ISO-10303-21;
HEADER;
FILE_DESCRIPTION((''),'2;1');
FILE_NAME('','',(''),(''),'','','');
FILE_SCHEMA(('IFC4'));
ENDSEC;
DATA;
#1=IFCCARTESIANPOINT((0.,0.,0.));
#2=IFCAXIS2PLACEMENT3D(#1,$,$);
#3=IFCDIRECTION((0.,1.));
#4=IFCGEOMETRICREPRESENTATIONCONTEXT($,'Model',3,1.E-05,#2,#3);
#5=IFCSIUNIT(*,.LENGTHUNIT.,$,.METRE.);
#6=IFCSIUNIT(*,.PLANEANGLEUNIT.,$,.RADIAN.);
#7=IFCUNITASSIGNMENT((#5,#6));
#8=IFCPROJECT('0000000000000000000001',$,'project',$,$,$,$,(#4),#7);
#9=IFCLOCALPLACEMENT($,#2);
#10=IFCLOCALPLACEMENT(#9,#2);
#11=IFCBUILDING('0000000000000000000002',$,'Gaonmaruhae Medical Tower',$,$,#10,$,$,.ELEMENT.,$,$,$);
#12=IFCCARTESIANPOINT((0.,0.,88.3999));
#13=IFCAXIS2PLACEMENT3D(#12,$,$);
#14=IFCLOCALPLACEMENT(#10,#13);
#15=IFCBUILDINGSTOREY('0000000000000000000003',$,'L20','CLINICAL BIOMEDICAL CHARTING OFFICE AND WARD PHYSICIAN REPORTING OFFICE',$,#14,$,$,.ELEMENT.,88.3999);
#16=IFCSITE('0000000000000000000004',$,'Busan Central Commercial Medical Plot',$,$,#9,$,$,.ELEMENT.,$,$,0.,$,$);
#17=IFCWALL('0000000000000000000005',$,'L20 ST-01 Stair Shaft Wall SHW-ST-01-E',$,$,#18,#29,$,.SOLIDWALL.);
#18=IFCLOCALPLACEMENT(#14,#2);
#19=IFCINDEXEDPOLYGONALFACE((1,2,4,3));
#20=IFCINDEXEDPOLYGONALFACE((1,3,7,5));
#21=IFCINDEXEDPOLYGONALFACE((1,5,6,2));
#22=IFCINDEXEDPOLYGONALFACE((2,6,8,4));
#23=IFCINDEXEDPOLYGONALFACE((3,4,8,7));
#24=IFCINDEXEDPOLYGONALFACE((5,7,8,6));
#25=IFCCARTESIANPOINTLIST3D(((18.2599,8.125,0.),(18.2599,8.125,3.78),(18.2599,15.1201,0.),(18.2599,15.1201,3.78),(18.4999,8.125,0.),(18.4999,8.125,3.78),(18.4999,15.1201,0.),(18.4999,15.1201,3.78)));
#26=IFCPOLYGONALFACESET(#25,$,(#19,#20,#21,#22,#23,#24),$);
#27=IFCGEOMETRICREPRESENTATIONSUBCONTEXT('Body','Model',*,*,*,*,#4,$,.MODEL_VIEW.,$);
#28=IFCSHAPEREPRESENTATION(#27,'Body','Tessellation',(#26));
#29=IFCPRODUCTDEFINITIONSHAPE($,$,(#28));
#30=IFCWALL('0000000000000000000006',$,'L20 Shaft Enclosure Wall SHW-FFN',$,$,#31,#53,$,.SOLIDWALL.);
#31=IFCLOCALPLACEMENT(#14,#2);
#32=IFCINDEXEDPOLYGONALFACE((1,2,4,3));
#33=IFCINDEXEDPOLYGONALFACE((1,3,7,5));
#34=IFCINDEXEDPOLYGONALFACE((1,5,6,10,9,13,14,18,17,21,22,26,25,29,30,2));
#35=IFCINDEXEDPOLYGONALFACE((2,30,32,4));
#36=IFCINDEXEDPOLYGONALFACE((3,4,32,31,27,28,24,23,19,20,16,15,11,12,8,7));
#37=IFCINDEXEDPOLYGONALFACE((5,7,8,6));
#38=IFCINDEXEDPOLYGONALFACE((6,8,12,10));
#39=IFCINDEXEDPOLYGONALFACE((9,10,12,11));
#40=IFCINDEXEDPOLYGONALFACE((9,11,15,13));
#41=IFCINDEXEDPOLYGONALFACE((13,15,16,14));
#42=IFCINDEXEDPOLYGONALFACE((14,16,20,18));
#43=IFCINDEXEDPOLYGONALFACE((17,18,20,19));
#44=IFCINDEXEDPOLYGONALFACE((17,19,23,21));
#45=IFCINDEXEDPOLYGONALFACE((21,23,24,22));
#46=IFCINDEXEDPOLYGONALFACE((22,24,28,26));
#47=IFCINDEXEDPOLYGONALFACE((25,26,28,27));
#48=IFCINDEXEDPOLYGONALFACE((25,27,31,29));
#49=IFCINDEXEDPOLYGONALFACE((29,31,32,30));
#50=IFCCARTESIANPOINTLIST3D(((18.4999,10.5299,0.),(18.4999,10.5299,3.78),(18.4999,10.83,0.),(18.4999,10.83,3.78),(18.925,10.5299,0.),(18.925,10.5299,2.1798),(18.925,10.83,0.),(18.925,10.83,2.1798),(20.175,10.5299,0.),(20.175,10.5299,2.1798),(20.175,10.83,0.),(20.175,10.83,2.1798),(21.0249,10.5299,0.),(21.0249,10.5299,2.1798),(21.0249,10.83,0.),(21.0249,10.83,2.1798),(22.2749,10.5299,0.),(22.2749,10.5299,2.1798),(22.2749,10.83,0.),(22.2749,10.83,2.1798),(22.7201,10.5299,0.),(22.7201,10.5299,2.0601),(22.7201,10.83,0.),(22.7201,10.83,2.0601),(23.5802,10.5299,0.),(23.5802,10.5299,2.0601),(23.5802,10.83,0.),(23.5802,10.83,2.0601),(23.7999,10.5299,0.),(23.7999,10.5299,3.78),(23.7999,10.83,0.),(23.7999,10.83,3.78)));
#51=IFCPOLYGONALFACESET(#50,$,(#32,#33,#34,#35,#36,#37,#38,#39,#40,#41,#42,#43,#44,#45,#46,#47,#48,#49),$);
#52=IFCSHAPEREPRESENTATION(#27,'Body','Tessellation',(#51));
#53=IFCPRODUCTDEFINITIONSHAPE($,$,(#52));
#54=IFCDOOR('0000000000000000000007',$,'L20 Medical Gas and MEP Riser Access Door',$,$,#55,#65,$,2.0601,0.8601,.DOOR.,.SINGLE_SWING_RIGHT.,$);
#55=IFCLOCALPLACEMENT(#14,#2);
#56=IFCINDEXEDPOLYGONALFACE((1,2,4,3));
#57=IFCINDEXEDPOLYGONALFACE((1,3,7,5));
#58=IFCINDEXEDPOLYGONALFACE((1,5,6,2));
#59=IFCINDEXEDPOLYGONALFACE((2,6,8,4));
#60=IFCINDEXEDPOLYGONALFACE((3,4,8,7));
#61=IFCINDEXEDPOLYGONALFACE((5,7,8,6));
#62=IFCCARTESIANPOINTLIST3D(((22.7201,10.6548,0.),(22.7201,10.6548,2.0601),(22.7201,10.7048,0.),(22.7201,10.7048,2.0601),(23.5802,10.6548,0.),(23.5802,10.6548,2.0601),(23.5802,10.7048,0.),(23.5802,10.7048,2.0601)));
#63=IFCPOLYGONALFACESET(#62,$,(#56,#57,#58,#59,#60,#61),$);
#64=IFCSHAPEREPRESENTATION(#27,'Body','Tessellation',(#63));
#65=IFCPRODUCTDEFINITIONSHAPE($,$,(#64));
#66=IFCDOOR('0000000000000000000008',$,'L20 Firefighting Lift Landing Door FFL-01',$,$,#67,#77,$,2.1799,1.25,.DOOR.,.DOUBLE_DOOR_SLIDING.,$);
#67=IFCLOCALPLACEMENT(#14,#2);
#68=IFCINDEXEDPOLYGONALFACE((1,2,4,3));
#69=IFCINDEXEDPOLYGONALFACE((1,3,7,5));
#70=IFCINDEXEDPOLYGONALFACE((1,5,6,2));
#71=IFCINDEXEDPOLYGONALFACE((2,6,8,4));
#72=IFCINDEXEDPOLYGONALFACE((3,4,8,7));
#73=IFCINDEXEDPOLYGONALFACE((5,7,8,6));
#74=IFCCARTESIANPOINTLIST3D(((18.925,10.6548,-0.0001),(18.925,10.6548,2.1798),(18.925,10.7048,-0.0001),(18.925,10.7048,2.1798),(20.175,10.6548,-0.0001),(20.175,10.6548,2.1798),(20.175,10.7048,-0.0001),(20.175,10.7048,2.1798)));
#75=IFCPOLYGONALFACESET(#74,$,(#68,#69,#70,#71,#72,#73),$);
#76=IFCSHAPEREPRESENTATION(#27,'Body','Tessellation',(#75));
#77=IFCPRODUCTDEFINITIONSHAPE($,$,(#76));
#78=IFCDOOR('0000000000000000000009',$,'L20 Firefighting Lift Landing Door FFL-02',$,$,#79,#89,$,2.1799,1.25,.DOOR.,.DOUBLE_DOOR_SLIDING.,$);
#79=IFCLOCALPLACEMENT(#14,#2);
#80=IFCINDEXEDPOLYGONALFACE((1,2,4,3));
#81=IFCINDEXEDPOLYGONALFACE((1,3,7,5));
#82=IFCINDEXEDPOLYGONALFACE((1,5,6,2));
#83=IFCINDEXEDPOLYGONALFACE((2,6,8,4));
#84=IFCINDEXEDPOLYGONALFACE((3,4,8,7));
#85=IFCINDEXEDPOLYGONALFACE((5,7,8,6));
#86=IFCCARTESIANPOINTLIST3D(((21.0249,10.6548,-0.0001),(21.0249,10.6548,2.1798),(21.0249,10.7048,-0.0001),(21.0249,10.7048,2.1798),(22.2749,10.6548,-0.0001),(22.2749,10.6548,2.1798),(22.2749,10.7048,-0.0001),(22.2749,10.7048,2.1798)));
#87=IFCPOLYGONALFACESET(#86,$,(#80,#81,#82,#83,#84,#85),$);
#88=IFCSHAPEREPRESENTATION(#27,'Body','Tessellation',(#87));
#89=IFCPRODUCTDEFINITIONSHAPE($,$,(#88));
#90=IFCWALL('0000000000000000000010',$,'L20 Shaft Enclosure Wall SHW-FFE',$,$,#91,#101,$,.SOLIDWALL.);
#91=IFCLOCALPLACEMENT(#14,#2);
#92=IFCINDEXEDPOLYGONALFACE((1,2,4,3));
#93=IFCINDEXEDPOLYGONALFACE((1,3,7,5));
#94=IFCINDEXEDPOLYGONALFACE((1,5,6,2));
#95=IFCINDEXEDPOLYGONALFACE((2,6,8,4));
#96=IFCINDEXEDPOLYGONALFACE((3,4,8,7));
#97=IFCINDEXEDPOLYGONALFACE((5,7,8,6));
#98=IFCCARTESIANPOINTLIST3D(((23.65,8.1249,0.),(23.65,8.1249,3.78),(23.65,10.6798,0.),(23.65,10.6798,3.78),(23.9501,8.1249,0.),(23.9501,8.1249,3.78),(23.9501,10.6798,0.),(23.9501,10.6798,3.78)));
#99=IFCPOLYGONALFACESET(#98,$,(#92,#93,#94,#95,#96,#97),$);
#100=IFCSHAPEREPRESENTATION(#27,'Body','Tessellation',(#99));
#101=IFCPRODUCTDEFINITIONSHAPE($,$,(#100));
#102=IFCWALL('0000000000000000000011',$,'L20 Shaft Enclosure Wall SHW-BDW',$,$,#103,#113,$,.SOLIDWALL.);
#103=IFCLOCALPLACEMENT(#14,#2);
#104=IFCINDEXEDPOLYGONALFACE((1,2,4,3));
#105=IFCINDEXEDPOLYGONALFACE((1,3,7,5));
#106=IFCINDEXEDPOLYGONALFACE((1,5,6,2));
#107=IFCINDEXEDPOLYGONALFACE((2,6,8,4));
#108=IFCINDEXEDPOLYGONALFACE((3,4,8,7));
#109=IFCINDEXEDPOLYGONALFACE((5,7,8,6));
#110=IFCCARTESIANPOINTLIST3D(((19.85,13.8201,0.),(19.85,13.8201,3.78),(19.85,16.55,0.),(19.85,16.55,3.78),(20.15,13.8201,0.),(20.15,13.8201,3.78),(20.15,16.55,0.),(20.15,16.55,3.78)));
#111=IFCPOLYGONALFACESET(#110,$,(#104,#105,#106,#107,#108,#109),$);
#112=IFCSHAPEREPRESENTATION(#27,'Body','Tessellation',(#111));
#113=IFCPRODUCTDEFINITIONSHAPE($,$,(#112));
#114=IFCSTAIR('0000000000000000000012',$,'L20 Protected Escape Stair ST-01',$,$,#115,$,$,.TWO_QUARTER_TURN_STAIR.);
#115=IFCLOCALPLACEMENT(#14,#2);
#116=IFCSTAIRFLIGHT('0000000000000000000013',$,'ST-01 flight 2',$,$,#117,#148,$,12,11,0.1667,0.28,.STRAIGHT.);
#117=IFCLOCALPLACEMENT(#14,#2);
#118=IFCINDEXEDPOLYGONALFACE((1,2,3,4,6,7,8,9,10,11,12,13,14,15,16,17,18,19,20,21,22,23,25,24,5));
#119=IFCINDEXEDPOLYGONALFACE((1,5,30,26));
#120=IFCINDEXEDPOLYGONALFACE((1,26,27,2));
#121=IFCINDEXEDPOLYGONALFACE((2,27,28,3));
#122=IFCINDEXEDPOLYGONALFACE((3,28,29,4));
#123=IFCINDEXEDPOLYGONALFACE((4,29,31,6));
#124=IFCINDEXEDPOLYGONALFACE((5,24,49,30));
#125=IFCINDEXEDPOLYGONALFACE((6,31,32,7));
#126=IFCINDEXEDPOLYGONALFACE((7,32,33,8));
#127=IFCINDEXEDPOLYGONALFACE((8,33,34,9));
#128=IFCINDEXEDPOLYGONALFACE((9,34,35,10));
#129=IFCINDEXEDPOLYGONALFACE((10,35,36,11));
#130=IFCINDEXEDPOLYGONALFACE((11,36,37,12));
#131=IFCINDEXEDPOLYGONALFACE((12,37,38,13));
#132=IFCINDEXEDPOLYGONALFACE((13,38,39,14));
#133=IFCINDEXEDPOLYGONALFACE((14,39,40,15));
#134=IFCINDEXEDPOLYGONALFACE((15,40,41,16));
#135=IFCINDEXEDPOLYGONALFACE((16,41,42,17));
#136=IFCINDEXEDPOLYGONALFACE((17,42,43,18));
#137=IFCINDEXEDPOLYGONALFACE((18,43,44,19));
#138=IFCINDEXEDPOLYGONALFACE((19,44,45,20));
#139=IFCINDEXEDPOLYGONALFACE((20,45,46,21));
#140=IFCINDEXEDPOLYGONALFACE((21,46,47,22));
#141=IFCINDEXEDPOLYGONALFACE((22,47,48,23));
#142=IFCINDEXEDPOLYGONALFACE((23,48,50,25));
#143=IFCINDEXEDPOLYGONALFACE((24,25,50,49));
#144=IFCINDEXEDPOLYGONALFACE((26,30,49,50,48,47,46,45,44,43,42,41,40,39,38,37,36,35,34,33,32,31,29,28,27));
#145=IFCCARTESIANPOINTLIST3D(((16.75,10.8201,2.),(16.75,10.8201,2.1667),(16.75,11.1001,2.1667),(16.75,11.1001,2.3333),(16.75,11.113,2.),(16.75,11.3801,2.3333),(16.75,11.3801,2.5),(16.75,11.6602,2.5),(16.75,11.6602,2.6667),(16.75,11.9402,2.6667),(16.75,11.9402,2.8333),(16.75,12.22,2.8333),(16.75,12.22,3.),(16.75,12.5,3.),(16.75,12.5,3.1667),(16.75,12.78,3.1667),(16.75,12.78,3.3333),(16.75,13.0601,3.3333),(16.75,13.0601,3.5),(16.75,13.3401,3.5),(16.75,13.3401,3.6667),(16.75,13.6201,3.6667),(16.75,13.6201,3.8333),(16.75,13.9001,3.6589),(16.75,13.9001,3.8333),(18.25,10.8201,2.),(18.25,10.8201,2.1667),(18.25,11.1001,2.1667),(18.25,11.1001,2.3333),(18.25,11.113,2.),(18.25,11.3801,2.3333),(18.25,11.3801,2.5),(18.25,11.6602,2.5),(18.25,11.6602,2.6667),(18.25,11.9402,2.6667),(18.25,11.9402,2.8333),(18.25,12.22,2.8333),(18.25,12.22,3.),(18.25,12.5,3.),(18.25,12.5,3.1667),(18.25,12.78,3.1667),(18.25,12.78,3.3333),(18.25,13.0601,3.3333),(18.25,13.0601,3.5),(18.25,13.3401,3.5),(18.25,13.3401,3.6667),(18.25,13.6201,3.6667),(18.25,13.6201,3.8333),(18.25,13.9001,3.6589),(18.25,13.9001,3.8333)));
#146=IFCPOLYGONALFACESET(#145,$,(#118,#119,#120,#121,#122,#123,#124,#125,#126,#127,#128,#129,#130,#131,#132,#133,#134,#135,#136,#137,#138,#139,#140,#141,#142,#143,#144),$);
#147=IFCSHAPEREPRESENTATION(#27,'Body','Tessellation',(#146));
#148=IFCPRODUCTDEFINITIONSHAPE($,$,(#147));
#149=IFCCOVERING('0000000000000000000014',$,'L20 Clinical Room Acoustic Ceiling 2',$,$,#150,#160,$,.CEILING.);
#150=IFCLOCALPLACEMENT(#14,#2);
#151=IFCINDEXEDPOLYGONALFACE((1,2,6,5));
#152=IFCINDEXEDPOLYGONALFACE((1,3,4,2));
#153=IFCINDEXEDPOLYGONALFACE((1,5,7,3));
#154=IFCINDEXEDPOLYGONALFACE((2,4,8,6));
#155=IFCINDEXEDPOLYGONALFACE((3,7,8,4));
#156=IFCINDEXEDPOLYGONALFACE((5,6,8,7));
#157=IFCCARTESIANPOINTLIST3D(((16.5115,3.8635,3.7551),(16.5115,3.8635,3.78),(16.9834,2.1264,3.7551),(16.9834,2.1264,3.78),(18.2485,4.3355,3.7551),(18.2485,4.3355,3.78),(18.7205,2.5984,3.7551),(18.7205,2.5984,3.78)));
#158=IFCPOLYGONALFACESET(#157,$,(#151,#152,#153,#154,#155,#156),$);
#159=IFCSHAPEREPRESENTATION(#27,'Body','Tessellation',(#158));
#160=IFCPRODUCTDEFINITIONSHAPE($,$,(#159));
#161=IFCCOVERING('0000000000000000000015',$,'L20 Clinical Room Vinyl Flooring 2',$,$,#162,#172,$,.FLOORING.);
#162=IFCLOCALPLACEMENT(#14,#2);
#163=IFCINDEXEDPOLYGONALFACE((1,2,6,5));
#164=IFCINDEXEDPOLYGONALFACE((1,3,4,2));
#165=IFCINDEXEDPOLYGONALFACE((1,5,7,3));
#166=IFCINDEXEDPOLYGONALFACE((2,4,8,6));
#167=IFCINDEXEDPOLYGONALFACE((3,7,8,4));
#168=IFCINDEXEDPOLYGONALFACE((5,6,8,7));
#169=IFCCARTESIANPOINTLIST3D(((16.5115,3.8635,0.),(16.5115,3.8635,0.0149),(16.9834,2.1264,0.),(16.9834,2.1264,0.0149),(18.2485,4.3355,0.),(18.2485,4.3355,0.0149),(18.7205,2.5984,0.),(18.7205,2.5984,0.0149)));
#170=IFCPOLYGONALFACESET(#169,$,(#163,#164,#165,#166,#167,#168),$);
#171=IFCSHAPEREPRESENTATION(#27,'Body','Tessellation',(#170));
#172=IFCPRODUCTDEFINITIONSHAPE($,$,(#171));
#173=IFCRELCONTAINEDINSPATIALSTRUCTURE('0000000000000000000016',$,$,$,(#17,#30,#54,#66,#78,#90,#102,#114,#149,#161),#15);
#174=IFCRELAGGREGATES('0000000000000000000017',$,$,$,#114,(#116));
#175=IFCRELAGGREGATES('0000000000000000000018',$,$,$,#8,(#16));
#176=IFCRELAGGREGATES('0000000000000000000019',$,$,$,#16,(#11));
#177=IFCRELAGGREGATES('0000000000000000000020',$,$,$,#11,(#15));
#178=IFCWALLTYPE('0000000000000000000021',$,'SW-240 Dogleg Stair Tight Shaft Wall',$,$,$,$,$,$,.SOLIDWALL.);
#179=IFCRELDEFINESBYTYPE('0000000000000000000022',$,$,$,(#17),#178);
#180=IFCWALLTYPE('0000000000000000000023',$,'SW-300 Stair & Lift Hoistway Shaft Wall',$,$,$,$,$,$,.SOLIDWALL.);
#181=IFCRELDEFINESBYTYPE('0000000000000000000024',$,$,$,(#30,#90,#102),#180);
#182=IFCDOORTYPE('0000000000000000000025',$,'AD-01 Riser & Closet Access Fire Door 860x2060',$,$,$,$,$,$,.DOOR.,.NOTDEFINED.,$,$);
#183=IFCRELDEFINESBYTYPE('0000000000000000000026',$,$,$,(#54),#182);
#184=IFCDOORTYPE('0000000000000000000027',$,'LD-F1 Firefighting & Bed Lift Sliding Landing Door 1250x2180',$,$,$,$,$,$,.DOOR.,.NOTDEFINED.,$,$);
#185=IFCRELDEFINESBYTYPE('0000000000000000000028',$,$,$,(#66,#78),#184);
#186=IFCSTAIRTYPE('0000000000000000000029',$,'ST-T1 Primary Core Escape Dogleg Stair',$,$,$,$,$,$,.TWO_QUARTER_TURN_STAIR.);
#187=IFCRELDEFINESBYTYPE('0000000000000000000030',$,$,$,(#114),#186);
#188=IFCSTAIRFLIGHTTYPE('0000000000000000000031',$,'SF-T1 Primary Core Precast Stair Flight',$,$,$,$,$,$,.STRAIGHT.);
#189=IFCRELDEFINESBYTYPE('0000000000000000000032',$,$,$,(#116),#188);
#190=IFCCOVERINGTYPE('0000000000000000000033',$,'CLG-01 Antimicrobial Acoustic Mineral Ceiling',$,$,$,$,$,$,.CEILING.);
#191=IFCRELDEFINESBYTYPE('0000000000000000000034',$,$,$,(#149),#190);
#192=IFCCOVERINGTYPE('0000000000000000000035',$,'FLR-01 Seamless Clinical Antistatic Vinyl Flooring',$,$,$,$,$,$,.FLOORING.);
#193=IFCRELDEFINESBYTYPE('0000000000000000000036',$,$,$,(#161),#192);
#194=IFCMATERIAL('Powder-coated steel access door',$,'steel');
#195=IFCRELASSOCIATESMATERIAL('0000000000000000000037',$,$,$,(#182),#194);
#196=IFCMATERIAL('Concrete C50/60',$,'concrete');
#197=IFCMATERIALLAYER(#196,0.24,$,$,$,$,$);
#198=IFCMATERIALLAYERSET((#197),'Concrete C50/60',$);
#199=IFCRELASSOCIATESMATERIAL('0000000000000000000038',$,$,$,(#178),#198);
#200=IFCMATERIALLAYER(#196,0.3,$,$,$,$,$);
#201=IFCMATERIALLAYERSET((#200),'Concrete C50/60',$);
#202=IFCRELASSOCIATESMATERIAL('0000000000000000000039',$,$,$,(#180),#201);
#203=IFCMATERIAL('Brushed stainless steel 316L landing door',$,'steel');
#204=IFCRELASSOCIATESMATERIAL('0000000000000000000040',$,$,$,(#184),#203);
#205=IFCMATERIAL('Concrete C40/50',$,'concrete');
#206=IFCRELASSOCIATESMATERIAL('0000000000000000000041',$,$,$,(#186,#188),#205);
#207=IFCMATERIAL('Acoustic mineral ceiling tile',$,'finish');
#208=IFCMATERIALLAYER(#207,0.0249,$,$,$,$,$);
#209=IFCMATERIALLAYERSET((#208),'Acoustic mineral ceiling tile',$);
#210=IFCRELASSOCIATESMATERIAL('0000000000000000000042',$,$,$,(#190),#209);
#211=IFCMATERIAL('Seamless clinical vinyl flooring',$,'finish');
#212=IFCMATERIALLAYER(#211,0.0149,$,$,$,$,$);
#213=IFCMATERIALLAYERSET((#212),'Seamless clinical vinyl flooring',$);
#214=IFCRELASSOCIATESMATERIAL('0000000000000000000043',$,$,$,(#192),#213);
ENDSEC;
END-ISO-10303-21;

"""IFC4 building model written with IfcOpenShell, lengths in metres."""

from ifc_helpers import new_model, si_unit, direction, frame, frame_2d, origin, origin_2d, place, context, subcontext, project, spatial, polyline, rectangle, outline, extrude, material, layer, layer_set, type_object, element, fill, aggregate, save


model = new_model("IFC4")

# Units and contexts
model_context = context("Model", 3, precision=1e-05, world=origin(), true_north=direction((0.0, 1.0)))
body_context = subcontext(model_context, "Body", "Model", "MODEL_VIEW")
ifc_project = project(units=[si_unit("LENGTHUNIT", "METRE"), si_unit("PLANEANGLEUNIT", "RADIAN")], contexts=[model_context])

# Site, building, storey
site_placement = place(None, origin())
site = spatial("IfcSite", under=ifc_project, at=site_placement, Name="Busan Central Commercial Medical Plot", CompositionType="ELEMENT", RefElevation=0.0)
building_placement = place(site_placement, origin())
building = spatial("IfcBuilding", under=site, at=building_placement, Name="Gaonmaruhae Medical Tower", CompositionType="ELEMENT")
storey_placement = place(building_placement, frame((0.0, 0.0, 88.3999)))
storey = spatial("IfcBuildingStorey", under=building, at=storey_placement, Name="L20", Description="CLINICAL BIOMEDICAL CHARTING OFFICE AND WARD PHYSICIAN REPORTING OFFICE", CompositionType="ELEMENT", Elevation=88.3999)

# Shared definitions
ifc_material_1 = material(Name="Powder-coated steel access door", Category="steel")
door_type_1 = type_object("IfcDoorType", Name="AD-01 Riser & Closet Access Fire Door 860x2060", OperationType="NOTDEFINED", PredefinedType="DOOR", material=ifc_material_1)

# Wall
ifc_material_2 = material(Name="Concrete C50/60", Category="concrete")
ifc_layer_1 = layer(ifc_material_2, 0.24)
ifc_layer_set_1 = layer_set([ifc_layer_1], Name="Concrete C50/60")
wall_type_1 = type_object("IfcWallType", Name="SW-240 Dogleg Stair Tight Shaft Wall", PredefinedType="SOLIDWALL", material=ifc_layer_set_1)
wall_1_placement = place(storey_placement, frame((18.3799, 15.1201, 0.0), z_axis=(0.0, 0.0, 1.0), x_axis=(0.0, -1.0, 0.0)))
element("IfcWall", 1, at=wall_1_placement, inside=storey, type_object=wall_type_1, Name="L20 ST-01 Stair Shaft Wall SHW-ST-01-E", PredefinedType="SOLIDWALL", context=body_context, shape_type="SweptSolid", body=[
    extrude(rectangle(XDim=6.9951, YDim=0.24, at=frame_2d((3.4976, 0.0))), origin(), (0.0, 0.0, 1.0), 3.78),
])

# Wall, openings, doors
ifc_layer_2 = layer(ifc_material_2, 0.3)
ifc_layer_set_2 = layer_set([ifc_layer_2], Name="Concrete C50/60")
wall_type_2 = type_object("IfcWallType", Name="SW-300 Stair & Lift Hoistway Shaft Wall", PredefinedType="SOLIDWALL", material=ifc_layer_set_2)
ifc_material_3 = material(Name="Brushed stainless steel 316L landing door", Category="steel")
door_type_2 = type_object("IfcDoorType", Name="LD-F1 Firefighting & Bed Lift Sliding Landing Door 1250x2180", OperationType="NOTDEFINED", PredefinedType="DOOR", material=ifc_material_3)
wall_2_placement = place(storey_placement, frame((18.5, 10.6799, 0.0), z_axis=(0.0, 0.0, 1.0), x_axis=(1.0, 0.0, 0.0)))
wall_2 = element("IfcWall", 2, at=wall_2_placement, inside=storey, type_object=wall_type_2, Name="L20 Shaft Enclosure Wall SHW-FFN", PredefinedType="SOLIDWALL", context=body_context, shape_type="SweptSolid", body=[
    extrude(rectangle(XDim=5.3, YDim=0.3, at=frame_2d((2.6499, 0.0))), origin(), (0.0, 0.0, 1.0), 3.78),
])
opening_1_placement = place(wall_2_placement, frame((4.22, 0.0, 0.0)))
opening_1 = element("IfcOpeningElement", 3, at=opening_1_placement, cuts=wall_2, PredefinedType="OPENING", context=body_context, shape_type="SweptSolid", body=[
    extrude(rectangle(XDim=0.8601, YDim=2.0601, at=frame_2d((0.4302, 1.03))), frame((0.0, 0.1602, 0.0), z_axis=(0.0, -1.0, 0.0), x_axis=(1.0, 0.0, 0.0)), (0.0, 0.0, 1.0), 0.3201),
])
opening_2_placement = place(wall_2_placement, frame((0.425, 0.0, 0.0)))
opening_2 = element("IfcOpeningElement", 4, at=opening_2_placement, cuts=wall_2, PredefinedType="OPENING", context=body_context, shape_type="SweptSolid", body=[
    extrude(rectangle(XDim=1.25, YDim=2.1799, at=frame_2d((0.625, 1.0898))), frame((0.0, 0.1602, 0.0), z_axis=(0.0, -1.0, 0.0), x_axis=(1.0, 0.0, 0.0)), (0.0, 0.0, 1.0), 0.3201),
])
opening_3_placement = place(wall_2_placement, frame((2.5249, 0.0, 0.0)))
opening_3 = element("IfcOpeningElement", 5, at=opening_3_placement, cuts=wall_2, PredefinedType="OPENING", context=body_context, shape_type="SweptSolid", body=[
    extrude(rectangle(XDim=1.25, YDim=2.1799, at=frame_2d((0.625, 1.0898))), frame((0.0, 0.1602, 0.0), z_axis=(0.0, -1.0, 0.0), x_axis=(1.0, 0.0, 0.0)), (0.0, 0.0, 1.0), 0.3201),
])
door_1_placement = place(opening_1_placement, origin())
door_1 = element("IfcDoor", 6, at=door_1_placement, inside=storey, type_object=door_type_1, Name="L20 Medical Gas and MEP Riser Access Door", OperationType="SINGLE_SWING_RIGHT", OverallHeight=2.0601, OverallWidth=0.8601, PredefinedType="DOOR", context=body_context, shape_type="SweptSolid", body=[
    extrude(rectangle(XDim=0.8601, YDim=2.0601, at=frame_2d((0.4302, 1.03))), frame((0.0, 0.0249, 0.0), z_axis=(0.0, -1.0, 0.0), x_axis=(1.0, 0.0, 0.0)), (0.0, 0.0, 1.0), 0.05),
])
fill(opening_1, door_1)
door_2_placement = place(opening_2_placement, origin())
door_2 = element("IfcDoor", 7, at=door_2_placement, inside=storey, type_object=door_type_2, Name="L20 Firefighting Lift Landing Door FFL-01", OperationType="DOUBLE_DOOR_SLIDING", OverallHeight=2.1799, OverallWidth=1.25, PredefinedType="DOOR", context=body_context, shape_type="SweptSolid", body=[
    extrude(rectangle(XDim=1.25, YDim=2.1799, at=frame_2d((0.625, 1.0898))), frame((0.0, 0.0249, 0.0), z_axis=(0.0, -1.0, 0.0), x_axis=(1.0, 0.0, 0.0)), (0.0, 0.0, 1.0), 0.05),
])
fill(opening_2, door_2)
door_3_placement = place(opening_3_placement, origin())
door_3 = element("IfcDoor", 8, at=door_3_placement, inside=storey, type_object=door_type_2, Name="L20 Firefighting Lift Landing Door FFL-02", OperationType="DOUBLE_DOOR_SLIDING", OverallHeight=2.1799, OverallWidth=1.25, PredefinedType="DOOR", context=body_context, shape_type="SweptSolid", body=[
    extrude(rectangle(XDim=1.25, YDim=2.1799, at=frame_2d((0.625, 1.0898))), frame((0.0, 0.0249, 0.0), z_axis=(0.0, -1.0, 0.0), x_axis=(1.0, 0.0, 0.0)), (0.0, 0.0, 1.0), 0.05),
])
fill(opening_3, door_3)

# Walls
wall_3_placement = place(storey_placement, frame((23.8, 8.125, 0.0), z_axis=(0.0, 0.0, 1.0), x_axis=(0.0, 1.0, 0.0)))
element("IfcWall", 9, at=wall_3_placement, inside=storey, type_object=wall_type_2, Name="L20 Shaft Enclosure Wall SHW-FFE", PredefinedType="SOLIDWALL", context=body_context, shape_type="SweptSolid", body=[
    extrude(rectangle(XDim=2.5549, YDim=0.3, at=frame_2d((1.2773, 0.0))), origin(), (0.0, 0.0, 1.0), 3.78),
])
wall_4_placement = place(storey_placement, frame((20.0, 13.8201, 0.0), z_axis=(0.0, 0.0, 1.0), x_axis=(0.0, 1.0, 0.0)))
element("IfcWall", 10, at=wall_4_placement, inside=storey, type_object=wall_type_2, Name="L20 Shaft Enclosure Wall SHW-BDW", PredefinedType="SOLIDWALL", context=body_context, shape_type="SweptSolid", body=[
    extrude(rectangle(XDim=2.73, YDim=0.3, at=frame_2d((1.365, 0.0))), origin(), (0.0, 0.0, 1.0), 3.78),
])

# Stair, stair flight
ifc_material_4 = material(Name="Concrete C40/50", Category="concrete")
stair_type = type_object("IfcStairType", Name="ST-T1 Primary Core Escape Dogleg Stair", PredefinedType="TWO_QUARTER_TURN_STAIR", material=ifc_material_4)
stair_placement = place(storey_placement, origin())
stair = element("IfcStair", 11, at=stair_placement, inside=storey, type_object=stair_type, Name="L20 Protected Escape Stair ST-01", PredefinedType="TWO_QUARTER_TURN_STAIR")
stair_flight_type = type_object("IfcStairFlightType", Name="SF-T1 Primary Core Precast Stair Flight", PredefinedType="STRAIGHT", material=ifc_material_4)
stair_flight_placement = place(storey_placement, frame((17.5, 10.8201, 2.0), z_axis=(0.0, 0.0, 1.0), x_axis=(0.0, 1.0, 0.0)))
stair_flight = element("IfcStairFlight", 12, at=stair_flight_placement, type_object=stair_flight_type, Name="ST-01 flight 2", NumberOfRisers=12, NumberOfTreads=11, PredefinedType="STRAIGHT", RiserHeight=0.1667, TreadLength=0.28, context=body_context, shape_type="SweptSolid", body=[
    extrude(outline(polyline([(0.0, 0.0), (0.0, 0.1667), (0.28, 0.1667), (0.28, 0.3333), (0.5601, 0.3333), (0.5601, 0.5), (0.8401, 0.5), (0.8401, 0.6667), (1.1201, 0.6667), (1.1201, 0.8333), (1.3999, 0.8333), (1.3999, 1.0), (1.6799, 1.0), (1.6799, 1.1667), (1.96, 1.1667), (1.96, 1.3333), (2.24, 1.3333), (2.24, 1.5), (2.52, 1.5), (2.52, 1.6667), (2.8, 1.6667), (2.8, 1.8333), (3.0801, 1.8333), (3.0801, 2.0), (3.0801, 1.6589), (0.293, 0.0), (0.0, 0.0)])), frame((0.0, 0.75, 0.0), z_axis=(0.0, -1.0, 0.0), x_axis=(1.0, 0.0, 0.0)), (0.0, 0.0, 1.0), 1.5),
])
aggregate(stair, [stair_flight])

# Coverings
ifc_material_5 = material(Name="Acoustic mineral ceiling tile", Category="finish")
ifc_layer_3 = layer(ifc_material_5, 0.0249)
ifc_layer_set_3 = layer_set([ifc_layer_3], Name="Acoustic mineral ceiling tile")
covering_type_1 = type_object("IfcCoveringType", Name="CLG-01 Antimicrobial Acoustic Mineral Ceiling", PredefinedType="CEILING", material=ifc_layer_set_3)
covering_1_placement = place(storey_placement, frame((17.616, 3.231, 3.7551), z_axis=(0.0, 0.0, 1.0), x_axis=(0.965016, 0.262189, 0.0)))
element("IfcCovering", 13, at=covering_1_placement, inside=storey, type_object=covering_type_1, Name="L20 Clinical Room Acoustic Ceiling 2", PredefinedType="CEILING", context=body_context, shape_type="SweptSolid", body=[
    extrude(rectangle(XDim=1.8, YDim=1.8, at=origin_2d()), origin(), (0.0, 0.0, 1.0), 0.0249),
])
ifc_material_6 = material(Name="Seamless clinical vinyl flooring", Category="finish")
ifc_layer_4 = layer(ifc_material_6, 0.0149)
ifc_layer_set_4 = layer_set([ifc_layer_4], Name="Seamless clinical vinyl flooring")
covering_type_2 = type_object("IfcCoveringType", Name="FLR-01 Seamless Clinical Antistatic Vinyl Flooring", PredefinedType="FLOORING", material=ifc_layer_set_4)
covering_2_placement = place(storey_placement, frame((17.616, 3.231, 0.0), z_axis=(0.0, 0.0, 1.0), x_axis=(0.965016, 0.262189, 0.0)))
element("IfcCovering", 14, at=covering_2_placement, inside=storey, type_object=covering_type_2, Name="L20 Clinical Room Vinyl Flooring 2", PredefinedType="FLOORING", context=body_context, shape_type="SweptSolid", body=[
    extrude(rectangle(XDim=1.8, YDim=1.8, at=origin_2d()), origin(), (0.0, 0.0, 1.0), 0.0149),
])

save(model, "model.ifc")
